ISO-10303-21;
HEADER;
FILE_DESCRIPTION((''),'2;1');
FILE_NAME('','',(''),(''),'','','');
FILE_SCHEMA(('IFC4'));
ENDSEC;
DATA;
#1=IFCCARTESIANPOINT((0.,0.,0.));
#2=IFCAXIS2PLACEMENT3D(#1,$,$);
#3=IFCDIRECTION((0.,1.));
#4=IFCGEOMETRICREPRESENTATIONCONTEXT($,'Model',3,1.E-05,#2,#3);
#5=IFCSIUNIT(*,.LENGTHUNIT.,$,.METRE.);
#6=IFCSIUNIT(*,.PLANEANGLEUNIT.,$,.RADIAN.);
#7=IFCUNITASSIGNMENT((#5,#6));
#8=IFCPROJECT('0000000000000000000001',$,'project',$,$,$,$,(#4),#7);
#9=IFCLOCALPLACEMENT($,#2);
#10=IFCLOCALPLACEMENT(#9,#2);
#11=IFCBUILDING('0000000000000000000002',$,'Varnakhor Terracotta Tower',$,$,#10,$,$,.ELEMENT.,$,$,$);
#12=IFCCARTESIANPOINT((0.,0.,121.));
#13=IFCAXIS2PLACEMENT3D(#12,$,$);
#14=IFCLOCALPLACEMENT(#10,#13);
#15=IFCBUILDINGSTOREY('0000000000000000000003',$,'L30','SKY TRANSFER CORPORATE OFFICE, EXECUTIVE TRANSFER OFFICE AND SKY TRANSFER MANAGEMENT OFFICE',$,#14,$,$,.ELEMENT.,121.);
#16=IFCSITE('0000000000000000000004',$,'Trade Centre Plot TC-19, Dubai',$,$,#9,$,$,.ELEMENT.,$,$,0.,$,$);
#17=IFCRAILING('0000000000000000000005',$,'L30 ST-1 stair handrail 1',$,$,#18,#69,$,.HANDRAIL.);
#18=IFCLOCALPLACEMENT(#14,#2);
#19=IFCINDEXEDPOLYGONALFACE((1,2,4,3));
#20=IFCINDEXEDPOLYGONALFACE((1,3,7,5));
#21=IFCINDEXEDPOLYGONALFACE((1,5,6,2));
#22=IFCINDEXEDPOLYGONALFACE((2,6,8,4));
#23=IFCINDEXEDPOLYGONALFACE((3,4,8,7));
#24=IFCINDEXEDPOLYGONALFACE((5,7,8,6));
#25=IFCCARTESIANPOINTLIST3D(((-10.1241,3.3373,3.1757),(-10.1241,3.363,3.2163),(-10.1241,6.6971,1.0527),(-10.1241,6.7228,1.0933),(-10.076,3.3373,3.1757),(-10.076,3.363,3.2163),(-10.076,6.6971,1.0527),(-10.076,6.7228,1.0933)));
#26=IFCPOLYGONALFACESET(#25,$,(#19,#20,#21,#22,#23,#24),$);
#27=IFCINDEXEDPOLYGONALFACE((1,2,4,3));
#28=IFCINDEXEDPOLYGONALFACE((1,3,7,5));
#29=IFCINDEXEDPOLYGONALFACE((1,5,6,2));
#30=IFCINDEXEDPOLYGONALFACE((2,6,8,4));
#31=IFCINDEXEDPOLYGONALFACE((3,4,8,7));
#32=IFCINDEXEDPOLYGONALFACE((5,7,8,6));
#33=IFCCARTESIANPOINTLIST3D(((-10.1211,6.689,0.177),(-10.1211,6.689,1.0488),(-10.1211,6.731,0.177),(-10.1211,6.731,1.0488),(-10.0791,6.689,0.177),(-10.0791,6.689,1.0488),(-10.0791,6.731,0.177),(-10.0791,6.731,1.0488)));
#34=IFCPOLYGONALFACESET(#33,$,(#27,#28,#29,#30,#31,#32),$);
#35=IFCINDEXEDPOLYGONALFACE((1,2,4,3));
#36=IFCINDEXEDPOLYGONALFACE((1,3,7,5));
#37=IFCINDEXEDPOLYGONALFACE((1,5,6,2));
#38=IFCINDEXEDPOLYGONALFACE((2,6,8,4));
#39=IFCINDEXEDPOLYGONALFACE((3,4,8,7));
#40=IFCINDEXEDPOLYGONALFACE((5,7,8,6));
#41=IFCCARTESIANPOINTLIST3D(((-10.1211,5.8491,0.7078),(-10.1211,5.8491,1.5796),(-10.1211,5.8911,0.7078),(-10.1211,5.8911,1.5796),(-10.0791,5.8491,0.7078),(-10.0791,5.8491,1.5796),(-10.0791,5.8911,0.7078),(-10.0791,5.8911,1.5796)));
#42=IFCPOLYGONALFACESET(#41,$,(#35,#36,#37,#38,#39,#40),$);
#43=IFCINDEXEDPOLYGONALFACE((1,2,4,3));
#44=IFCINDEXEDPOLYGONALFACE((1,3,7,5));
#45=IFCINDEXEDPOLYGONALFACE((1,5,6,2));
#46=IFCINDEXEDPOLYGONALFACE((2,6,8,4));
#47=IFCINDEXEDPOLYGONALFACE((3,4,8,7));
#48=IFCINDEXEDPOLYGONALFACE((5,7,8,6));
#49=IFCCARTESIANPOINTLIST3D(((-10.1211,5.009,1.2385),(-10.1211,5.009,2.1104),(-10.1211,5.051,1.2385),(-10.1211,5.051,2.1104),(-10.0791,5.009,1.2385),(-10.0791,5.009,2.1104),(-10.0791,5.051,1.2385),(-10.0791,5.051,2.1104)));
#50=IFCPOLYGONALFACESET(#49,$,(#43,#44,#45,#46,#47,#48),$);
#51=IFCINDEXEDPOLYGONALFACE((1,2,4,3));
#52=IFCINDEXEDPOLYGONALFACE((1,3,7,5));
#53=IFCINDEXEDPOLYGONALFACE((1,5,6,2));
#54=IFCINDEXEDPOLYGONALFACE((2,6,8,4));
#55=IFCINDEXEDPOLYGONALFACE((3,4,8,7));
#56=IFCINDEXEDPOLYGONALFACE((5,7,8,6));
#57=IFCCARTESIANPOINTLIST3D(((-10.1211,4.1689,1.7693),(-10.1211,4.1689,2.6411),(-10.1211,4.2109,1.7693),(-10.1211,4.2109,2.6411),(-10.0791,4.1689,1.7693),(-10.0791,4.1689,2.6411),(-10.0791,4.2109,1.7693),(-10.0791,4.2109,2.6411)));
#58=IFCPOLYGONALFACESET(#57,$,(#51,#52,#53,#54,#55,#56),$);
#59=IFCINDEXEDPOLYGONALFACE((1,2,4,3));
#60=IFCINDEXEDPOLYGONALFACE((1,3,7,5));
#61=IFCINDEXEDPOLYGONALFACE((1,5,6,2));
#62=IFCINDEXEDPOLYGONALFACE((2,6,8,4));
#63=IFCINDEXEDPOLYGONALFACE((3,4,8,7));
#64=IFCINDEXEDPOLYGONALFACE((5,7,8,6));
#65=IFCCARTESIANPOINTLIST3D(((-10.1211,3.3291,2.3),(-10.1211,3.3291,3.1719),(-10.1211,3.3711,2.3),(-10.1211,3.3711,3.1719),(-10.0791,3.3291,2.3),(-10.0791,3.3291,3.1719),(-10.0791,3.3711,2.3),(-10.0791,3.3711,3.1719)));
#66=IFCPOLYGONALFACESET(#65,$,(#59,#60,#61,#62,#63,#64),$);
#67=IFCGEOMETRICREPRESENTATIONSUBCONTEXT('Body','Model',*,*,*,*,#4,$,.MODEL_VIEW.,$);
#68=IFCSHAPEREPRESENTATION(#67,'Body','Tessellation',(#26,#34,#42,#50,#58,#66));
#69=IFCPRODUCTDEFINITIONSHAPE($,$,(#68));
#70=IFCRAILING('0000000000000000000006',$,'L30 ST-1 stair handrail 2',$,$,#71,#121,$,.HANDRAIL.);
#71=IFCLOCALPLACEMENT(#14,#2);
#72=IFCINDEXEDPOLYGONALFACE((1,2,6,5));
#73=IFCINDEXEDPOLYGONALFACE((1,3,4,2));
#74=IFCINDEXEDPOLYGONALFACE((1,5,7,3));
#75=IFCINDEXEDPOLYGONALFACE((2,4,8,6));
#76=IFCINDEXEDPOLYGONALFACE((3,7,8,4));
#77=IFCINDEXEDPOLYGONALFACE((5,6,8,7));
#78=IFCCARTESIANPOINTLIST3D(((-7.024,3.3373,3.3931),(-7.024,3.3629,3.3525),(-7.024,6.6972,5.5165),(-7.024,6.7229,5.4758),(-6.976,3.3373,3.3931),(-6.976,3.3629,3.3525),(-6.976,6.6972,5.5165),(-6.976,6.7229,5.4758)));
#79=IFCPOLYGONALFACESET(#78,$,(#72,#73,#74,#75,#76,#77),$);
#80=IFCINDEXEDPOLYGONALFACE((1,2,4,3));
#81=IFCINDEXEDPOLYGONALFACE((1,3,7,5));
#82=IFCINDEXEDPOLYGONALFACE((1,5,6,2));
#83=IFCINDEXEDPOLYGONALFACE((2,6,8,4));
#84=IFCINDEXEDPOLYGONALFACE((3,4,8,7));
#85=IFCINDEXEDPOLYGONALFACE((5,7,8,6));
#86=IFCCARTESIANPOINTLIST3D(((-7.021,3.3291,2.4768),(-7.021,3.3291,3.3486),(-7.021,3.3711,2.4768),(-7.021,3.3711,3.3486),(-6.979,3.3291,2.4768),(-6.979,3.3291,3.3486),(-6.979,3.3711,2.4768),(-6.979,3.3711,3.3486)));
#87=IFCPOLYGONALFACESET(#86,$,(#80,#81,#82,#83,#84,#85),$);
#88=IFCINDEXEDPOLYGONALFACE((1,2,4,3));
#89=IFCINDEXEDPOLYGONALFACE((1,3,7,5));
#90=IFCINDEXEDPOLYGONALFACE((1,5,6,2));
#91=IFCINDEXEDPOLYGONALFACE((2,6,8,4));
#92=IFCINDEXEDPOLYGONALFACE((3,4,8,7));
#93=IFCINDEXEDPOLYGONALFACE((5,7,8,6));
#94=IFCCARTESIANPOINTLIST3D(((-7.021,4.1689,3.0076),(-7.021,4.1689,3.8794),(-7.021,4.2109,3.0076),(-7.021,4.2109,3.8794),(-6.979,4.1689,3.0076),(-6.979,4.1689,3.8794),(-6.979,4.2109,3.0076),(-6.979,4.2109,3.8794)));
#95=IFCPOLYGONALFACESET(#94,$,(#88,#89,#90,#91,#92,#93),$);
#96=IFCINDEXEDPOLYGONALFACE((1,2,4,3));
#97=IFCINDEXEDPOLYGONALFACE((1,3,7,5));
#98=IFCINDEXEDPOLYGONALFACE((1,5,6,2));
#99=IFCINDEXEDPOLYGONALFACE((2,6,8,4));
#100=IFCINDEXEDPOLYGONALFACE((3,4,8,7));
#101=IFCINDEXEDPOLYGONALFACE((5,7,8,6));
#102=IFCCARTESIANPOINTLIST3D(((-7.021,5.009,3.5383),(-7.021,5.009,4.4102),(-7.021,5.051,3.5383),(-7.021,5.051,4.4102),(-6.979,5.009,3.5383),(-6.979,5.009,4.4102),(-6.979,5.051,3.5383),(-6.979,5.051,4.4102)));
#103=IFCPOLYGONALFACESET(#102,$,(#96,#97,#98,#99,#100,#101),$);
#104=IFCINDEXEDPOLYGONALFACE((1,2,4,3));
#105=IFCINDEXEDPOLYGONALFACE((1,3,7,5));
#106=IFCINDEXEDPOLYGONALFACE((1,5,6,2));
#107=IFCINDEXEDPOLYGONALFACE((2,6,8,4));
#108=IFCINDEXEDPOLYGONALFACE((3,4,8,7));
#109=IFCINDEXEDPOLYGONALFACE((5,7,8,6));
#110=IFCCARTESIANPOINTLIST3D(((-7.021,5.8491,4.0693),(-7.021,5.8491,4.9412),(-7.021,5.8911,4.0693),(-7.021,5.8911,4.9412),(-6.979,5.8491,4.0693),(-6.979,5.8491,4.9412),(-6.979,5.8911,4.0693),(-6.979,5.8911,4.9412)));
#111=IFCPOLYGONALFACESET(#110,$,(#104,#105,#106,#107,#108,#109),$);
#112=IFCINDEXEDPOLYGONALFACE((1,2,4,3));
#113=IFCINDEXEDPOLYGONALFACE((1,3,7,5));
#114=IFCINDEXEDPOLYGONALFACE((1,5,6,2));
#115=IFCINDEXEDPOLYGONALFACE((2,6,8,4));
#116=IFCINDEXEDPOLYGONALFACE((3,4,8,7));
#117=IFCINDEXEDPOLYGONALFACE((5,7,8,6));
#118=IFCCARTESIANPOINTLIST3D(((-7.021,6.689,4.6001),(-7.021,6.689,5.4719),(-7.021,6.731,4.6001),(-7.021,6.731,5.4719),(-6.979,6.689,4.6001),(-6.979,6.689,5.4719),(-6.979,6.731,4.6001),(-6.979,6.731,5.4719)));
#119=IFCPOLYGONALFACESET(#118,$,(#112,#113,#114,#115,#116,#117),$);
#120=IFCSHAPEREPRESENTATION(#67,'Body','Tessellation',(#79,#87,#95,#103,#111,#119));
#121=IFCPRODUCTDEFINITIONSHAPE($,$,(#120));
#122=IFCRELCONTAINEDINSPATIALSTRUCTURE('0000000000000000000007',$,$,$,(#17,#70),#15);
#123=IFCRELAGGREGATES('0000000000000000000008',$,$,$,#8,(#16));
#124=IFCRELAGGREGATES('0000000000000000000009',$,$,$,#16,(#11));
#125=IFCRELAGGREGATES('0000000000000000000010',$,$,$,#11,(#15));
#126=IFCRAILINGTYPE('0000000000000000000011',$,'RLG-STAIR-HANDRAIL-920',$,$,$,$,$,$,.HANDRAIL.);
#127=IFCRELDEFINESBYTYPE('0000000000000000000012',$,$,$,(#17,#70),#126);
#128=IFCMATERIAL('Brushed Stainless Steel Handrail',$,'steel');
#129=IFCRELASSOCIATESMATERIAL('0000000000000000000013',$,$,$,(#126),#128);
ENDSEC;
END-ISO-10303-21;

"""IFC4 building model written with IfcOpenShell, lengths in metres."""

from ifc_helpers import new_model, si_unit, direction, frame, origin, origin_2d, place, context, subcontext, project, spatial, rectangle, extrude, material, type_object, element, save


model = new_model("IFC4")

# Units and contexts
model_context = context("Model", 3, precision=1e-05, world=origin(), true_north=direction((0.0, 1.0)))
body_context = subcontext(model_context, "Body", "Model", "MODEL_VIEW")
ifc_project = project(units=[si_unit("LENGTHUNIT", "METRE"), si_unit("PLANEANGLEUNIT", "RADIAN")], contexts=[model_context])

# Site, building, storey
site_placement = place(None, origin())
site = spatial("IfcSite", under=ifc_project, at=site_placement, Name="Trade Centre Plot TC-19, Dubai", CompositionType="ELEMENT", RefElevation=0.0)
building_placement = place(site_placement, origin())
building = spatial("IfcBuilding", under=site, at=building_placement, Name="Varnakhor Terracotta Tower", CompositionType="ELEMENT")
storey_placement = place(building_placement, frame((0.0, 0.0, 121.0)))
storey = spatial("IfcBuildingStorey", under=building, at=storey_placement, Name="L30", Description="SKY TRANSFER CORPORATE OFFICE, EXECUTIVE TRANSFER OFFICE AND SKY TRANSFER MANAGEMENT OFFICE", CompositionType="ELEMENT", Elevation=121.0)

# Railings
ifc_material_1 = material(Name="Brushed Stainless Steel Handrail", Category="steel")
railing_type_1 = type_object("IfcRailingType", Name="RLG-STAIR-HANDRAIL-920", PredefinedType="HANDRAIL", material=ifc_material_1)
railing_1_placement = place(storey_placement, frame((-10.1001, 6.71, 0.177)))
element("IfcRailing", 1, at=railing_1_placement, inside=storey, type_object=railing_type_1, Name="L30 ST-1 stair handrail 1", PredefinedType="HANDRAIL", context=body_context, shape_type="SweptSolid", body=[
    extrude(rectangle(XDim=0.0481, YDim=0.0481, at=origin_2d()), frame((0.0, 0.0, 0.896), z_axis=(0.0, -0.845372, 0.534178), x_axis=(1.0, 0.0, 0.0)), (0.0, 0.0, 1.0), 3.9744),
    extrude(rectangle(XDim=0.042, YDim=0.042, at=origin_2d()), origin(), (0.0, 0.0, 1.0), 0.8718),
    extrude(rectangle(XDim=0.042, YDim=0.042, at=origin_2d()), frame((0.0, -0.8398, 0.5308)), (0.0, 0.0, 1.0), 0.8718),
    extrude(rectangle(XDim=0.042, YDim=0.042, at=origin_2d()), frame((0.0, -1.6799, 1.0615)), (0.0, 0.0, 1.0), 0.8718),
    extrude(rectangle(XDim=0.042, YDim=0.042, at=origin_2d()), frame((0.0, -2.52, 1.5923)), (0.0, 0.0, 1.0), 0.8718),
    extrude(rectangle(XDim=0.042, YDim=0.042, at=origin_2d()), frame((0.0, -3.3599, 2.123)), (0.0, 0.0, 1.0), 0.8718),
])
railing_2_placement = place(storey_placement, frame((-7.0, 3.3501, 2.4768)))
element("IfcRailing", 2, at=railing_2_placement, inside=storey, type_object=railing_type_1, Name="L30 ST-1 stair handrail 2", PredefinedType="HANDRAIL", context=body_context, shape_type="SweptSolid", body=[
    extrude(rectangle(XDim=0.0481, YDim=0.0481, at=origin_2d()), frame((0.0, 0.0, 0.896), z_axis=(0.0, 0.845344, 0.534222), x_axis=(-1.0, 0.0, 0.0)), (0.0, 0.0, 1.0), 3.9746),
    extrude(rectangle(XDim=0.042, YDim=0.042, at=origin_2d()), origin(), (0.0, 0.0, 1.0), 0.8718),
    extrude(rectangle(XDim=0.042, YDim=0.042, at=origin_2d()), frame((0.0, 0.8398, 0.5308)), (0.0, 0.0, 1.0), 0.8718),
    extrude(rectangle(XDim=0.042, YDim=0.042, at=origin_2d()), frame((0.0, 1.6799, 1.0615)), (0.0, 0.0, 1.0), 0.8718),
    extrude(rectangle(XDim=0.042, YDim=0.042, at=origin_2d()), frame((0.0, 2.52, 1.5925)), (0.0, 0.0, 1.0), 0.8718),
    extrude(rectangle(XDim=0.042, YDim=0.042, at=origin_2d()), frame((0.0, 3.3599, 2.1233)), (0.0, 0.0, 1.0), 0.8718),
])

save(model, "model.ifc")
